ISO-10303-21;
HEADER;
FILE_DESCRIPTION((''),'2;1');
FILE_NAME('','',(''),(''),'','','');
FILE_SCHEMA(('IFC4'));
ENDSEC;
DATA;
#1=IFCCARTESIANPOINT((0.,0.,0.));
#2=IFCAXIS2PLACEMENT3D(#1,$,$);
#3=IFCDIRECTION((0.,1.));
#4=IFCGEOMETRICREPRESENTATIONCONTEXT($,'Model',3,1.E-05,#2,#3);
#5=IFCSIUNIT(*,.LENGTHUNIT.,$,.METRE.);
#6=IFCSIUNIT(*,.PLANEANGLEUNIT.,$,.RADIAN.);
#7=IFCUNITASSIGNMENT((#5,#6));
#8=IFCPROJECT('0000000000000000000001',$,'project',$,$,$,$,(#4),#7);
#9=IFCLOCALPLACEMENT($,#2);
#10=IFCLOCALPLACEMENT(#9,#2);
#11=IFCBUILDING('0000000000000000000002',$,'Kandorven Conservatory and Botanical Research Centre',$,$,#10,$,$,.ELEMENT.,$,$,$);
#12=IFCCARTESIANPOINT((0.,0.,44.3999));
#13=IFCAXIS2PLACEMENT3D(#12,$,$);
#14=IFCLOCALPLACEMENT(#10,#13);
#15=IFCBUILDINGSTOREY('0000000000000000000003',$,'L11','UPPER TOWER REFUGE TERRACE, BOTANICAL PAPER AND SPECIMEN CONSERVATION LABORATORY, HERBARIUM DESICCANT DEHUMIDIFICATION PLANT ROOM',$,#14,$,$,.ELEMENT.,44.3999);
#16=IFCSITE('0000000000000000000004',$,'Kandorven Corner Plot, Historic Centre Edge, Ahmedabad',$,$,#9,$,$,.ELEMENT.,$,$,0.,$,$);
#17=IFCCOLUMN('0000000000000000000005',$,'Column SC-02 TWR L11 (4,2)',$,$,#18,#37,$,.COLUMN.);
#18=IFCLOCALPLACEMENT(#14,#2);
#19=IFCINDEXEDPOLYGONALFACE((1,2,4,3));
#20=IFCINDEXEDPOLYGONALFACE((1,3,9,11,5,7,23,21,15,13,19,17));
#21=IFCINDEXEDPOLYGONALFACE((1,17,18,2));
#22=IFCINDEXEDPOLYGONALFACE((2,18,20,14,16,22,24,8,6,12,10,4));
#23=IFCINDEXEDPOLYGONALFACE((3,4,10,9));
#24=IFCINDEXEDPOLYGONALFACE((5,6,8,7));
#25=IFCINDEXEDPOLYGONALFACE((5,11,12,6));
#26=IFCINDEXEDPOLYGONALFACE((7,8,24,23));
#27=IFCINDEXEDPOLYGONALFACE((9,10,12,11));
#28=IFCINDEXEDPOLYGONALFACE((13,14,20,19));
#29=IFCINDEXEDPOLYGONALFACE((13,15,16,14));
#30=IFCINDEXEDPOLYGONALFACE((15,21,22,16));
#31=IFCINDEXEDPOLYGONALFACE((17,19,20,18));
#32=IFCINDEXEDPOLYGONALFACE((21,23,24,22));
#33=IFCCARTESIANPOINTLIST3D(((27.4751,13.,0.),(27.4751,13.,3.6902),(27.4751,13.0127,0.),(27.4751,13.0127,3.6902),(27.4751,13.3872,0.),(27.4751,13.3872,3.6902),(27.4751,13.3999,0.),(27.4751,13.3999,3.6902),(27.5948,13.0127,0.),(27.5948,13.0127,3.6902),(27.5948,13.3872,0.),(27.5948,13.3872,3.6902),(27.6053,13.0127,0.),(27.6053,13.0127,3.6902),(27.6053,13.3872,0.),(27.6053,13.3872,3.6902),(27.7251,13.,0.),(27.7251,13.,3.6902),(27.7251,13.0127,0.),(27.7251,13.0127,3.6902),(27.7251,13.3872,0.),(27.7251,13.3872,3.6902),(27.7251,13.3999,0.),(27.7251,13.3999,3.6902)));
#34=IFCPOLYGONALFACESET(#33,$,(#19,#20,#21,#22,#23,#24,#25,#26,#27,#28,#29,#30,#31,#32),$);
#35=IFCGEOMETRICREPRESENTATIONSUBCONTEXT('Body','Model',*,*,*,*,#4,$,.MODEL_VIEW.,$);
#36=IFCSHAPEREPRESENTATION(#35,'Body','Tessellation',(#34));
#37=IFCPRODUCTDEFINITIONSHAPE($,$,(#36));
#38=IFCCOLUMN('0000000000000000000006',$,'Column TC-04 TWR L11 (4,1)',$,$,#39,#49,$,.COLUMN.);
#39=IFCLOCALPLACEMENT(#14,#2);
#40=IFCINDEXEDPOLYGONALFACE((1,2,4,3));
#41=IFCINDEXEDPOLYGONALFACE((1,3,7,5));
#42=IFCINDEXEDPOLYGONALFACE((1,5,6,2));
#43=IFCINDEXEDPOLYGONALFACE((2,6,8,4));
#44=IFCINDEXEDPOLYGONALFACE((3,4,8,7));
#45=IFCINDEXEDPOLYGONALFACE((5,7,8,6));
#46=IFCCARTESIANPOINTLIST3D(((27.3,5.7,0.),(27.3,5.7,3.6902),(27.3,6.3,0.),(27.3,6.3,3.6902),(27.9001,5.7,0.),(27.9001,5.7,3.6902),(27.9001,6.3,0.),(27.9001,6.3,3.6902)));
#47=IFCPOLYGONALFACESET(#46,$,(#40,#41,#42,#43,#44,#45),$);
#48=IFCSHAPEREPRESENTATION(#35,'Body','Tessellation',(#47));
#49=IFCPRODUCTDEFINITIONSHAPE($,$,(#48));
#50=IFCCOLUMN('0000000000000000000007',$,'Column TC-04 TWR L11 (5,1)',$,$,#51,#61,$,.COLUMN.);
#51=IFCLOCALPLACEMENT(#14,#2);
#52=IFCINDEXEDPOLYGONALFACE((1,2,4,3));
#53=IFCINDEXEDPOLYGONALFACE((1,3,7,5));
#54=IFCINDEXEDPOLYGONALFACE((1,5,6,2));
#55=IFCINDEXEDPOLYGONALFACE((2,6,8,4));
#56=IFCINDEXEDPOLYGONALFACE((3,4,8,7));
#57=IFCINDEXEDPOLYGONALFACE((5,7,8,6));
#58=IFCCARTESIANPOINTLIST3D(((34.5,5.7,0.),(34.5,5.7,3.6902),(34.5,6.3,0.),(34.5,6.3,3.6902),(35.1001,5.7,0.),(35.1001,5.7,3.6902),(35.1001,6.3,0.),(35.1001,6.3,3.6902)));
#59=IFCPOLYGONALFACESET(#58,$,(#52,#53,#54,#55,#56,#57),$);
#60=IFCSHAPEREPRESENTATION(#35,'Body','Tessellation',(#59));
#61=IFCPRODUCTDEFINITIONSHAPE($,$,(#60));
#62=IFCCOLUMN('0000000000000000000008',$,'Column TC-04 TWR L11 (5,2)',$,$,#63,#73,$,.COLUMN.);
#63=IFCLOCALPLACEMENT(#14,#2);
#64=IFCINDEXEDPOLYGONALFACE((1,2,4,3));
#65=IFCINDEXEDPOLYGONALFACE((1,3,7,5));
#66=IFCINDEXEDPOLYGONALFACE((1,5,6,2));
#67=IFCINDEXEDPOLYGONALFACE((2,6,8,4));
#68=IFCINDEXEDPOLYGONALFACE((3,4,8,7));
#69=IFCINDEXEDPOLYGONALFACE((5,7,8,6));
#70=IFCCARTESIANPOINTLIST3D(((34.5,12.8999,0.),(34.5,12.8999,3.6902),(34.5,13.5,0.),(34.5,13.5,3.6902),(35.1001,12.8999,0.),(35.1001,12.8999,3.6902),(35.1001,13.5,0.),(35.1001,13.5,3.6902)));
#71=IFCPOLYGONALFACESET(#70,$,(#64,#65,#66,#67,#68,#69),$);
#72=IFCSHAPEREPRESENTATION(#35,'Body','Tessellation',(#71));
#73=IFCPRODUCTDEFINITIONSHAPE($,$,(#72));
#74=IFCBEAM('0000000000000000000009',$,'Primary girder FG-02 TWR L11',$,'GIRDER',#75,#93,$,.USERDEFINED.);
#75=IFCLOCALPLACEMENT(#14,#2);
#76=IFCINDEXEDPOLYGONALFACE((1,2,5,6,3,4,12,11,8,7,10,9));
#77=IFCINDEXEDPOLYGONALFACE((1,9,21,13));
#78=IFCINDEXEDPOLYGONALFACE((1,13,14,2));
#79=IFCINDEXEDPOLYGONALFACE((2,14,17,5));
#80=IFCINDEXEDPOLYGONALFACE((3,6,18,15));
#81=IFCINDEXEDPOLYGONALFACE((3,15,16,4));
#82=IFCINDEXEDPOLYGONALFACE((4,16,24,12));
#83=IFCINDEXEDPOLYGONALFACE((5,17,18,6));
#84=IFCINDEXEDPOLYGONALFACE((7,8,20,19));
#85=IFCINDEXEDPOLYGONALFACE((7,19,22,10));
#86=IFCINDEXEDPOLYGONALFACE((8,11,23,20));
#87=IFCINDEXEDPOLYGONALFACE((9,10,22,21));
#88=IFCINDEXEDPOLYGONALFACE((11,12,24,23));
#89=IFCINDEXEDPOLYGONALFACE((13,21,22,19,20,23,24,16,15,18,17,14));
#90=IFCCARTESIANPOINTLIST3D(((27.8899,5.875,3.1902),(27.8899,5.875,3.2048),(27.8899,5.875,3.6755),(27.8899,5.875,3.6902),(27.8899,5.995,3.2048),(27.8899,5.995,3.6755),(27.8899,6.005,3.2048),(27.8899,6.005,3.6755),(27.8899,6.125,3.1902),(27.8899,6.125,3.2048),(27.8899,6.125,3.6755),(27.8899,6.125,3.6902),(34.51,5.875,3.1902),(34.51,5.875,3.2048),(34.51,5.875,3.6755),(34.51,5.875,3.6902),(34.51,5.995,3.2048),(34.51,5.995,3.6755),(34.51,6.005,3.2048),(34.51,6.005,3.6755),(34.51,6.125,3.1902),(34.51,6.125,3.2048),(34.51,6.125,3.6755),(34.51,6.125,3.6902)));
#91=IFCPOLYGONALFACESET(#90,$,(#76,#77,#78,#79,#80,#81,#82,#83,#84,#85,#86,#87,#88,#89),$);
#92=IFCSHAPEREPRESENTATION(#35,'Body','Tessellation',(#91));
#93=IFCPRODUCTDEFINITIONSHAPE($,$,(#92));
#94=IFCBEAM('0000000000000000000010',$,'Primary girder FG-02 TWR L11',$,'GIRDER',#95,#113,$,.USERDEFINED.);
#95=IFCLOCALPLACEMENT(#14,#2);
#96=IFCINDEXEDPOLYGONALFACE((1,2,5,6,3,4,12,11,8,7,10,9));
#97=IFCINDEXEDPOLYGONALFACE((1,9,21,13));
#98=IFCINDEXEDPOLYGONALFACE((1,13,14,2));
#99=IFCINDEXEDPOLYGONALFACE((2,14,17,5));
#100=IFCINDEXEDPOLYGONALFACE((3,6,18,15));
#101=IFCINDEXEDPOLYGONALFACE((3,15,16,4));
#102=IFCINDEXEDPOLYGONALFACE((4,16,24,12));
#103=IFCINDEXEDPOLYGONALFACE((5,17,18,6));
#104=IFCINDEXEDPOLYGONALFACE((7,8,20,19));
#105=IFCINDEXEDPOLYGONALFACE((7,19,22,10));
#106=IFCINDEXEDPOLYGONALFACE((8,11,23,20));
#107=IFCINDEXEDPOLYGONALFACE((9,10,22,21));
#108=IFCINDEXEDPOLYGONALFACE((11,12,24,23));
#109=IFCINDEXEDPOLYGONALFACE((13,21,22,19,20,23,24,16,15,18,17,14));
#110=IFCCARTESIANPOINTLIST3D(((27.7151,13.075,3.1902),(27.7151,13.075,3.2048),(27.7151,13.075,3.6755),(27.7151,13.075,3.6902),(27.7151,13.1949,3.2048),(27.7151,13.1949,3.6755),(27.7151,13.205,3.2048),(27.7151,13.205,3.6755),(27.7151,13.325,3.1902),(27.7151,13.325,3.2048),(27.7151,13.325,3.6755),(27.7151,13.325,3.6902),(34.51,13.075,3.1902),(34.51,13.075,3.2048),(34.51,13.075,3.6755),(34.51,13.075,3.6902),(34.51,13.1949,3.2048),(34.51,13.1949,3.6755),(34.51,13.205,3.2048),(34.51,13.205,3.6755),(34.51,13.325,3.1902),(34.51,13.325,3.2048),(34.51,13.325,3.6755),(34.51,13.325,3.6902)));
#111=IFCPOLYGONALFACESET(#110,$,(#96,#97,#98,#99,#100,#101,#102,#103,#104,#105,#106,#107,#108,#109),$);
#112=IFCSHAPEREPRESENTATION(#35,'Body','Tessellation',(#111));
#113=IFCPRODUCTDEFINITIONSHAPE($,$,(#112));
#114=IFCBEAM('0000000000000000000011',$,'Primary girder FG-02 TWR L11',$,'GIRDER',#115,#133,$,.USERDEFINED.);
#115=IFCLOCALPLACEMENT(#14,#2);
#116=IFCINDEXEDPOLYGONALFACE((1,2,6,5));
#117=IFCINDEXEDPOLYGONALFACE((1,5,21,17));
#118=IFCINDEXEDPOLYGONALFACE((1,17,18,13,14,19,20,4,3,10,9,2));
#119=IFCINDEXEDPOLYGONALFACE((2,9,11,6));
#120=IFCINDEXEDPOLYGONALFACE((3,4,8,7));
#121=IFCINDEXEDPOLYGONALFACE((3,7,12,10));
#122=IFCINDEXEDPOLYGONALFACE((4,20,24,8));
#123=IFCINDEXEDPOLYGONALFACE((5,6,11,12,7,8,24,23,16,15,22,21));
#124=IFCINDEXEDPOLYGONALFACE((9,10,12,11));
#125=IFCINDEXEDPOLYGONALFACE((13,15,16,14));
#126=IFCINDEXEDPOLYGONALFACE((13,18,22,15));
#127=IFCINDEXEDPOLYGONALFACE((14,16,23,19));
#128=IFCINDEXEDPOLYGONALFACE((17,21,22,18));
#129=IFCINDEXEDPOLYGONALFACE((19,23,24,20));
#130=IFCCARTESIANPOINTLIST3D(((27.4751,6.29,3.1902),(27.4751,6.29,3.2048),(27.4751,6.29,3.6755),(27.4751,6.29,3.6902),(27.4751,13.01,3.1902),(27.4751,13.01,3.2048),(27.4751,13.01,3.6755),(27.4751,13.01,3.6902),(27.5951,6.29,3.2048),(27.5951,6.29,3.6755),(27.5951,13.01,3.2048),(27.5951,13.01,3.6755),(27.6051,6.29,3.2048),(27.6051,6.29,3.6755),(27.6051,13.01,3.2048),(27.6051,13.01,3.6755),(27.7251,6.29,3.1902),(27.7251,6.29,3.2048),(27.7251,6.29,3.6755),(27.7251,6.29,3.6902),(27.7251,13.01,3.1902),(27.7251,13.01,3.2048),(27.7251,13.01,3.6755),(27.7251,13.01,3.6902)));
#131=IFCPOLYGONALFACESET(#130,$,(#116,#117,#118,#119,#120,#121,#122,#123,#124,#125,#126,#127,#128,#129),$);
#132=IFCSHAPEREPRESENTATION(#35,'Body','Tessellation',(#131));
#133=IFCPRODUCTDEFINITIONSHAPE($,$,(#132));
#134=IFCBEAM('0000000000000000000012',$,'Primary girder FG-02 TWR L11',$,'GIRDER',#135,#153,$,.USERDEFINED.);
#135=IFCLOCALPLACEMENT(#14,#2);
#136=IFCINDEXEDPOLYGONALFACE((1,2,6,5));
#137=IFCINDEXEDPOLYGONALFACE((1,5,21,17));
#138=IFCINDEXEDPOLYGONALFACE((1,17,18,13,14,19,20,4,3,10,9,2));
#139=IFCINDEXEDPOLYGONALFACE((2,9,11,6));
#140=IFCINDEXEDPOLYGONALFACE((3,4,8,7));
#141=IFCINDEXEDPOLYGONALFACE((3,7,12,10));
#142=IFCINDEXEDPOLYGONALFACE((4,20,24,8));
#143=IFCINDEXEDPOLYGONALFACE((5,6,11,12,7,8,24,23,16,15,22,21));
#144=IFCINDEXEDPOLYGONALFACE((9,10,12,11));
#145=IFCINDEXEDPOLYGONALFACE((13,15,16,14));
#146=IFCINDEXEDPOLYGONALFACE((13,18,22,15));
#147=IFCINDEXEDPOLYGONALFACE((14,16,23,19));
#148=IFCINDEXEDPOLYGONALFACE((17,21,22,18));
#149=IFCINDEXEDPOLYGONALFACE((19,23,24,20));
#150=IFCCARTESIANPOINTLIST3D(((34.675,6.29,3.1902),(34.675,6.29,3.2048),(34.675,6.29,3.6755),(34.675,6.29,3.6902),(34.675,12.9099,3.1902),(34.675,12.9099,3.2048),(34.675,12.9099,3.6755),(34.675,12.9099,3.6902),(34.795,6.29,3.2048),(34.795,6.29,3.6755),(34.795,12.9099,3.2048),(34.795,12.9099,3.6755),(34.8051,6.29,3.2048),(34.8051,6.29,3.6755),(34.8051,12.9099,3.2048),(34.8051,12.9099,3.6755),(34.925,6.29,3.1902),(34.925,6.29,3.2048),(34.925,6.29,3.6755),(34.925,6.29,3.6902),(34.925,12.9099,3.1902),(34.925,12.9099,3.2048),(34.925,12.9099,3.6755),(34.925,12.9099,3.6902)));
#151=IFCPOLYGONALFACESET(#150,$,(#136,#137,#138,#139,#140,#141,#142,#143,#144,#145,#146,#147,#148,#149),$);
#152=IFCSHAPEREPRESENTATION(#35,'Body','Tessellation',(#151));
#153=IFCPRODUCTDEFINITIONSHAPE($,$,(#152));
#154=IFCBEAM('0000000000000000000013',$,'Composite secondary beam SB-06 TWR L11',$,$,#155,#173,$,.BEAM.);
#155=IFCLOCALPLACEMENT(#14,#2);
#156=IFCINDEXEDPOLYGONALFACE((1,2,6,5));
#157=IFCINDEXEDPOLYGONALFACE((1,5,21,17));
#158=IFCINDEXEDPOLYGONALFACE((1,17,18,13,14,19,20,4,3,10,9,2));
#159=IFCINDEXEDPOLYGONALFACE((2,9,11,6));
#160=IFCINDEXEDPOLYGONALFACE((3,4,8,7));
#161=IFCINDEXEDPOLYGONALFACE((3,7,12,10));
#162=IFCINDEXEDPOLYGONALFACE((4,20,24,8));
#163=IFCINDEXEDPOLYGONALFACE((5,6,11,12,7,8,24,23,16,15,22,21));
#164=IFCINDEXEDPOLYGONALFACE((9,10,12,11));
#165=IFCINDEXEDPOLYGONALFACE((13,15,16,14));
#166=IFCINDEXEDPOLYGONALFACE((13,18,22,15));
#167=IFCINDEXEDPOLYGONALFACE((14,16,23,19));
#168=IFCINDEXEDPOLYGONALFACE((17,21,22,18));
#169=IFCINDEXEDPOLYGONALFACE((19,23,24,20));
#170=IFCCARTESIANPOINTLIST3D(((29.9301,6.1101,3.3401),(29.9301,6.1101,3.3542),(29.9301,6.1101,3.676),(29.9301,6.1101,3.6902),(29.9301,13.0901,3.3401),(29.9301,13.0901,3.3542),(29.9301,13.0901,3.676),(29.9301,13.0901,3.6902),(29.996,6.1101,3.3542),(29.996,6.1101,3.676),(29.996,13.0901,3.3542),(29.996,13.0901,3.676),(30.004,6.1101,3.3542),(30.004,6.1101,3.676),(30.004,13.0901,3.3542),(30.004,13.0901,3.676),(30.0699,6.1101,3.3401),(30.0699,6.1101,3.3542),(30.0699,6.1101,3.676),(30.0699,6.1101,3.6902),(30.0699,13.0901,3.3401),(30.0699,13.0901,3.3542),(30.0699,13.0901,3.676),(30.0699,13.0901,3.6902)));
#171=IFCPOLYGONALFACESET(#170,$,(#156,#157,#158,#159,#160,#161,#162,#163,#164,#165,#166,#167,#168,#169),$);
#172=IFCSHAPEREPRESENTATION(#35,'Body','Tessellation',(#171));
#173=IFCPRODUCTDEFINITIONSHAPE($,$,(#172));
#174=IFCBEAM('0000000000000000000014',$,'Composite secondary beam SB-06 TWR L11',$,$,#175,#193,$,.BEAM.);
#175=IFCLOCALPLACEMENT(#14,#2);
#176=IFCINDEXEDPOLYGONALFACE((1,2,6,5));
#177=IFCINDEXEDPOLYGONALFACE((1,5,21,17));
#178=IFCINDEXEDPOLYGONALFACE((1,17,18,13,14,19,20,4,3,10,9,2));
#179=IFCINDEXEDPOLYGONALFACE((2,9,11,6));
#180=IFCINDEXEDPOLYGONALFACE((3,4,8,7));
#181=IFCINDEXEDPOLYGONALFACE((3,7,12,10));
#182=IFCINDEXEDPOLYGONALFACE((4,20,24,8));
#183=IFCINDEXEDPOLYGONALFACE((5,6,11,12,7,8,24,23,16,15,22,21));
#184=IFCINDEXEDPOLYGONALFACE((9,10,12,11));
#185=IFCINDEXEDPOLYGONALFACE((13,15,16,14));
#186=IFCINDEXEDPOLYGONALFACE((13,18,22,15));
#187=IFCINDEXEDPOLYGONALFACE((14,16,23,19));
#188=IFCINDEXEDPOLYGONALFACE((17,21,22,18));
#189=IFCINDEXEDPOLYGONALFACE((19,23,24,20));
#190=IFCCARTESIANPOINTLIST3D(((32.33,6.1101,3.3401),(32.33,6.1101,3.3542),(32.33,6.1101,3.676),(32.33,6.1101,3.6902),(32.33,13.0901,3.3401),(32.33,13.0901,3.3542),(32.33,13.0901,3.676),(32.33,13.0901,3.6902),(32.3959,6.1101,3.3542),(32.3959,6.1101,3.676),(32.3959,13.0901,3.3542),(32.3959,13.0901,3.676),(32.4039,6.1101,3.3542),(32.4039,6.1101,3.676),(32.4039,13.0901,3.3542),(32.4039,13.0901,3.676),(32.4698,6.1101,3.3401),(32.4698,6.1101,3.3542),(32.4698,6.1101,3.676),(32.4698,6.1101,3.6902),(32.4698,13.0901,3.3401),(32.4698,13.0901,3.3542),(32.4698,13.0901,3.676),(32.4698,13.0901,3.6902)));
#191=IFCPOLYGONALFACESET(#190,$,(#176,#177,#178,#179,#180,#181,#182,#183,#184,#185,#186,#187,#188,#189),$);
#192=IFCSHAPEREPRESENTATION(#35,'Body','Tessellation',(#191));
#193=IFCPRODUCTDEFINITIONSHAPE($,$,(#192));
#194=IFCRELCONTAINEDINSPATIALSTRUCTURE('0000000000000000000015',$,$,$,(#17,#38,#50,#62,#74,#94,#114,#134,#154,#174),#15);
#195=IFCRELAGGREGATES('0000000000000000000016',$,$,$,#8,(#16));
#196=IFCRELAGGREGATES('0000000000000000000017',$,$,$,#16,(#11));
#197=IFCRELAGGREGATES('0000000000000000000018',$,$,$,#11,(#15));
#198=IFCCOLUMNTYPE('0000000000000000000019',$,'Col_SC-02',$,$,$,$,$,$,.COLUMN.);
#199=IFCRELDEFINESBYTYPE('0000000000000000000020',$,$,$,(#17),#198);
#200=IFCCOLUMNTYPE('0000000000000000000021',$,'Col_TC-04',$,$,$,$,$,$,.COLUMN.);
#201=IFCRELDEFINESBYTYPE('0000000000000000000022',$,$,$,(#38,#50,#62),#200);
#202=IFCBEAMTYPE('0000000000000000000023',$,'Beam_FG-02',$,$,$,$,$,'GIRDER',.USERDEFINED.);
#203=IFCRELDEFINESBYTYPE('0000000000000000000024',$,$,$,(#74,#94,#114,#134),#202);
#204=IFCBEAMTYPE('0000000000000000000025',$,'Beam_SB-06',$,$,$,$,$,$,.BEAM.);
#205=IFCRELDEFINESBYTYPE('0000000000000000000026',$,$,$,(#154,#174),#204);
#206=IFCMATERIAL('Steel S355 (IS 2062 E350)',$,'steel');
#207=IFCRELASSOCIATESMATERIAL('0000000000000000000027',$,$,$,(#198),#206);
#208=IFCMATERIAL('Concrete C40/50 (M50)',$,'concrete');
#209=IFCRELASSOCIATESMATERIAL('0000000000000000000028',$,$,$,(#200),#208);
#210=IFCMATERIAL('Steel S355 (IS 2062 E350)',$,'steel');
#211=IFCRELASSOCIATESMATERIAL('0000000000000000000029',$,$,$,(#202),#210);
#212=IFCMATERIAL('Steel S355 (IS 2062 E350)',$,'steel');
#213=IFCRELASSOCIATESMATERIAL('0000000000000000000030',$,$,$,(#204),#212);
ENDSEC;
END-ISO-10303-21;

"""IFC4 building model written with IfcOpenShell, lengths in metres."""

from ifc_helpers import new_model, si_unit, direction, frame, origin, origin_2d, place, context, subcontext, project, spatial, rectangle, i_section, extrude, material, material_profile, profile_set, type_object, element, save


model = new_model("IFC4")

# Units and contexts
model_context = context("Model", 3, precision=1e-05, world=origin(), true_north=direction((0.0, 1.0)))
body_context = subcontext(model_context, "Body", "Model", "MODEL_VIEW")
ifc_project = project(units=[si_unit("LENGTHUNIT", "METRE"), si_unit("PLANEANGLEUNIT", "RADIAN")], contexts=[model_context])

# Site, building, storey
site_placement = place(None, origin())
site = spatial("IfcSite", under=ifc_project, at=site_placement, Name="Kandorven Corner Plot, Historic Centre Edge, Ahmedabad", CompositionType="ELEMENT", RefElevation=0.0)
building_placement = place(site_placement, origin())
building = spatial("IfcBuilding", under=site, at=building_placement, Name="Kandorven Conservatory and Botanical Research Centre", CompositionType="ELEMENT")
storey_placement = place(building_placement, frame((0.0, 0.0, 44.3999)))
storey = spatial("IfcBuildingStorey", under=building, at=storey_placement, Name="L11", Description="UPPER TOWER REFUGE TERRACE, BOTANICAL PAPER AND SPECIMEN CONSERVATION LABORATORY, HERBARIUM DESICCANT DEHUMIDIFICATION PLANT ROOM", CompositionType="ELEMENT", Elevation=44.3999)

# Columns
ifc_material_1 = material(Name="Steel S355 (IS 2062 E350)", Category="steel")
ifc_material_profile_1 = material_profile(ifc_material_1, i_section(OverallWidth=0.25, OverallDepth=0.3999, WebThickness=0.0105, FlangeThickness=0.0127, at=origin_2d()))
ifc_profile_set_1 = profile_set([ifc_material_profile_1], Name="Steel S355 (IS 2062 E350)")
column_type_1 = type_object("IfcColumnType", Name="Col_SC-02", PredefinedType="COLUMN", material=ifc_profile_set_1)
column_placement = place(storey_placement, frame((27.6001, 13.2, 0.0), z_axis=(0.0, 0.0, 1.0), x_axis=(1.0, 0.0, 0.0)))
element("IfcColumn", 1, at=column_placement, inside=storey, type_object=column_type_1, Name="Column SC-02 TWR L11 (4,2)", PredefinedType="COLUMN", context=body_context, shape_type="SweptSolid", body=[
    extrude(i_section(OverallWidth=0.25, OverallDepth=0.3999, WebThickness=0.0105, FlangeThickness=0.0127, at=origin_2d()), origin(), (0.0, 0.0, 1.0), 3.6902),
])
ifc_material_2 = material(Name="Concrete C40/50 (M50)", Category="concrete")
ifc_material_profile_2 = material_profile(ifc_material_2, rectangle(XDim=0.6001, YDim=0.6001, at=origin_2d()))
ifc_profile_set_2 = profile_set([ifc_material_profile_2], Name="Concrete C40/50 (M50)")
column_type_2 = type_object("IfcColumnType", Name="Col_TC-04", PredefinedType="COLUMN", material=ifc_profile_set_2)
for number, where, z_axis, x_axis, name in (
    (2, (27.6001, 6.0, 0.0), (0.0, 0.0, 1.0), (1.0, 0.0, 0.0), "Column TC-04 TWR L11 (4,1)"),
    (3, (34.8, 6.0, 0.0), (0.0, 0.0, 1.0), (1.0, 0.0, 0.0), "Column TC-04 TWR L11 (5,1)"),
    (4, (34.8, 13.2, 0.0), (0.0, 0.0, 1.0), (1.0, 0.0, 0.0), "Column TC-04 TWR L11 (5,2)"),
):
    element("IfcColumn", number, at=place(storey_placement, frame(where, z_axis=z_axis, x_axis=x_axis)), inside=storey, type_object=column_type_2, Name=name, PredefinedType="COLUMN", context=body_context, shape_type="SweptSolid", body=[
        extrude(rectangle(XDim=0.6001, YDim=0.6001, at=origin_2d()), origin(), (0.0, 0.0, 1.0), 3.6902),
    ])

# Beams
ifc_material_3 = material(Name="Steel S355 (IS 2062 E350)", Category="steel")
ifc_material_profile_3 = material_profile(ifc_material_3, i_section(OverallWidth=0.25, OverallDepth=0.5, WebThickness=0.01, FlangeThickness=0.0146, at=origin_2d()))
ifc_profile_set_3 = profile_set([ifc_material_profile_3], Name="Steel S355 (IS 2062 E350)")
beam_type_1 = type_object("IfcBeamType", Name="Beam_FG-02", ElementType="GIRDER", PredefinedType="USERDEFINED", material=ifc_profile_set_3)
beam_1_placement = place(storey_placement, frame((27.8899, 6.0, 3.4402), z_axis=(1.0, 0.0, 0.0), x_axis=(0.0, 1.0, 0.0)))
element("IfcBeam", 5, at=beam_1_placement, inside=storey, type_object=beam_type_1, Name="Primary girder FG-02 TWR L11", ObjectType="GIRDER", PredefinedType="USERDEFINED", context=body_context, shape_type="SweptSolid", body=[
    extrude(i_section(OverallWidth=0.25, OverallDepth=0.5, WebThickness=0.01, FlangeThickness=0.0146, at=origin_2d()), origin(), (0.0, 0.0, 1.0), 6.6201),
])
beam_2_placement = place(storey_placement, frame((27.7151, 13.2, 3.4402), z_axis=(1.0, 0.0, 0.0), x_axis=(0.0, 1.0, 0.0)))
element("IfcBeam", 6, at=beam_2_placement, inside=storey, type_object=beam_type_1, Name="Primary girder FG-02 TWR L11", ObjectType="GIRDER", PredefinedType="USERDEFINED", context=body_context, shape_type="SweptSolid", body=[
    extrude(i_section(OverallWidth=0.25, OverallDepth=0.5, WebThickness=0.01, FlangeThickness=0.0146, at=origin_2d()), origin(), (0.0, 0.0, 1.0), 6.7949),
])
beam_3_placement = place(storey_placement, frame((27.6001, 6.29, 3.4402), z_axis=(0.0, 1.0, 0.0), x_axis=(-1.0, 0.0, 0.0)))
element("IfcBeam", 7, at=beam_3_placement, inside=storey, type_object=beam_type_1, Name="Primary girder FG-02 TWR L11", ObjectType="GIRDER", PredefinedType="USERDEFINED", context=body_context, shape_type="SweptSolid", body=[
    extrude(i_section(OverallWidth=0.25, OverallDepth=0.5, WebThickness=0.01, FlangeThickness=0.0146, at=origin_2d()), origin(), (0.0, 0.0, 1.0), 6.72),
])
beam_4_placement = place(storey_placement, frame((34.8, 6.29, 3.4402), z_axis=(0.0, 1.0, 0.0), x_axis=(-1.0, 0.0, 0.0)))
element("IfcBeam", 8, at=beam_4_placement, inside=storey, type_object=beam_type_1, Name="Primary girder FG-02 TWR L11", ObjectType="GIRDER", PredefinedType="USERDEFINED", context=body_context, shape_type="SweptSolid", body=[
    extrude(i_section(OverallWidth=0.25, OverallDepth=0.5, WebThickness=0.01, FlangeThickness=0.0146, at=origin_2d()), origin(), (0.0, 0.0, 1.0), 6.6199),
])
ifc_material_4 = material(Name="Steel S355 (IS 2062 E350)", Category="steel")
ifc_material_profile_4 = material_profile(ifc_material_4, i_section(OverallWidth=0.1399, OverallDepth=0.3501, WebThickness=0.0081, FlangeThickness=0.0142, at=origin_2d()))
ifc_profile_set_4 = profile_set([ifc_material_profile_4], Name="Steel S355 (IS 2062 E350)")
beam_type_2 = type_object("IfcBeamType", Name="Beam_SB-06", PredefinedType="BEAM", material=ifc_profile_set_4)
for number, where, z_axis, x_axis, name in (
    (9, (30.0, 6.1101, 3.5151), (0.0, 1.0, 0.0), (-1.0, 0.0, 0.0), "Composite secondary beam SB-06 TWR L11"),
    (10, (32.3999, 6.1101, 3.5151), (0.0, 1.0, 0.0), (-1.0, 0.0, 0.0), "Composite secondary beam SB-06 TWR L11"),
):
    element("IfcBeam", number, at=place(storey_placement, frame(where, z_axis=z_axis, x_axis=x_axis)), inside=storey, type_object=beam_type_2, Name=name, PredefinedType="BEAM", context=body_context, shape_type="SweptSolid", body=[
        extrude(i_section(OverallWidth=0.1399, OverallDepth=0.3501, WebThickness=0.0081, FlangeThickness=0.0142, at=origin_2d()), origin(), (0.0, 0.0, 1.0), 6.98),
    ])

save(model, "model.ifc")
